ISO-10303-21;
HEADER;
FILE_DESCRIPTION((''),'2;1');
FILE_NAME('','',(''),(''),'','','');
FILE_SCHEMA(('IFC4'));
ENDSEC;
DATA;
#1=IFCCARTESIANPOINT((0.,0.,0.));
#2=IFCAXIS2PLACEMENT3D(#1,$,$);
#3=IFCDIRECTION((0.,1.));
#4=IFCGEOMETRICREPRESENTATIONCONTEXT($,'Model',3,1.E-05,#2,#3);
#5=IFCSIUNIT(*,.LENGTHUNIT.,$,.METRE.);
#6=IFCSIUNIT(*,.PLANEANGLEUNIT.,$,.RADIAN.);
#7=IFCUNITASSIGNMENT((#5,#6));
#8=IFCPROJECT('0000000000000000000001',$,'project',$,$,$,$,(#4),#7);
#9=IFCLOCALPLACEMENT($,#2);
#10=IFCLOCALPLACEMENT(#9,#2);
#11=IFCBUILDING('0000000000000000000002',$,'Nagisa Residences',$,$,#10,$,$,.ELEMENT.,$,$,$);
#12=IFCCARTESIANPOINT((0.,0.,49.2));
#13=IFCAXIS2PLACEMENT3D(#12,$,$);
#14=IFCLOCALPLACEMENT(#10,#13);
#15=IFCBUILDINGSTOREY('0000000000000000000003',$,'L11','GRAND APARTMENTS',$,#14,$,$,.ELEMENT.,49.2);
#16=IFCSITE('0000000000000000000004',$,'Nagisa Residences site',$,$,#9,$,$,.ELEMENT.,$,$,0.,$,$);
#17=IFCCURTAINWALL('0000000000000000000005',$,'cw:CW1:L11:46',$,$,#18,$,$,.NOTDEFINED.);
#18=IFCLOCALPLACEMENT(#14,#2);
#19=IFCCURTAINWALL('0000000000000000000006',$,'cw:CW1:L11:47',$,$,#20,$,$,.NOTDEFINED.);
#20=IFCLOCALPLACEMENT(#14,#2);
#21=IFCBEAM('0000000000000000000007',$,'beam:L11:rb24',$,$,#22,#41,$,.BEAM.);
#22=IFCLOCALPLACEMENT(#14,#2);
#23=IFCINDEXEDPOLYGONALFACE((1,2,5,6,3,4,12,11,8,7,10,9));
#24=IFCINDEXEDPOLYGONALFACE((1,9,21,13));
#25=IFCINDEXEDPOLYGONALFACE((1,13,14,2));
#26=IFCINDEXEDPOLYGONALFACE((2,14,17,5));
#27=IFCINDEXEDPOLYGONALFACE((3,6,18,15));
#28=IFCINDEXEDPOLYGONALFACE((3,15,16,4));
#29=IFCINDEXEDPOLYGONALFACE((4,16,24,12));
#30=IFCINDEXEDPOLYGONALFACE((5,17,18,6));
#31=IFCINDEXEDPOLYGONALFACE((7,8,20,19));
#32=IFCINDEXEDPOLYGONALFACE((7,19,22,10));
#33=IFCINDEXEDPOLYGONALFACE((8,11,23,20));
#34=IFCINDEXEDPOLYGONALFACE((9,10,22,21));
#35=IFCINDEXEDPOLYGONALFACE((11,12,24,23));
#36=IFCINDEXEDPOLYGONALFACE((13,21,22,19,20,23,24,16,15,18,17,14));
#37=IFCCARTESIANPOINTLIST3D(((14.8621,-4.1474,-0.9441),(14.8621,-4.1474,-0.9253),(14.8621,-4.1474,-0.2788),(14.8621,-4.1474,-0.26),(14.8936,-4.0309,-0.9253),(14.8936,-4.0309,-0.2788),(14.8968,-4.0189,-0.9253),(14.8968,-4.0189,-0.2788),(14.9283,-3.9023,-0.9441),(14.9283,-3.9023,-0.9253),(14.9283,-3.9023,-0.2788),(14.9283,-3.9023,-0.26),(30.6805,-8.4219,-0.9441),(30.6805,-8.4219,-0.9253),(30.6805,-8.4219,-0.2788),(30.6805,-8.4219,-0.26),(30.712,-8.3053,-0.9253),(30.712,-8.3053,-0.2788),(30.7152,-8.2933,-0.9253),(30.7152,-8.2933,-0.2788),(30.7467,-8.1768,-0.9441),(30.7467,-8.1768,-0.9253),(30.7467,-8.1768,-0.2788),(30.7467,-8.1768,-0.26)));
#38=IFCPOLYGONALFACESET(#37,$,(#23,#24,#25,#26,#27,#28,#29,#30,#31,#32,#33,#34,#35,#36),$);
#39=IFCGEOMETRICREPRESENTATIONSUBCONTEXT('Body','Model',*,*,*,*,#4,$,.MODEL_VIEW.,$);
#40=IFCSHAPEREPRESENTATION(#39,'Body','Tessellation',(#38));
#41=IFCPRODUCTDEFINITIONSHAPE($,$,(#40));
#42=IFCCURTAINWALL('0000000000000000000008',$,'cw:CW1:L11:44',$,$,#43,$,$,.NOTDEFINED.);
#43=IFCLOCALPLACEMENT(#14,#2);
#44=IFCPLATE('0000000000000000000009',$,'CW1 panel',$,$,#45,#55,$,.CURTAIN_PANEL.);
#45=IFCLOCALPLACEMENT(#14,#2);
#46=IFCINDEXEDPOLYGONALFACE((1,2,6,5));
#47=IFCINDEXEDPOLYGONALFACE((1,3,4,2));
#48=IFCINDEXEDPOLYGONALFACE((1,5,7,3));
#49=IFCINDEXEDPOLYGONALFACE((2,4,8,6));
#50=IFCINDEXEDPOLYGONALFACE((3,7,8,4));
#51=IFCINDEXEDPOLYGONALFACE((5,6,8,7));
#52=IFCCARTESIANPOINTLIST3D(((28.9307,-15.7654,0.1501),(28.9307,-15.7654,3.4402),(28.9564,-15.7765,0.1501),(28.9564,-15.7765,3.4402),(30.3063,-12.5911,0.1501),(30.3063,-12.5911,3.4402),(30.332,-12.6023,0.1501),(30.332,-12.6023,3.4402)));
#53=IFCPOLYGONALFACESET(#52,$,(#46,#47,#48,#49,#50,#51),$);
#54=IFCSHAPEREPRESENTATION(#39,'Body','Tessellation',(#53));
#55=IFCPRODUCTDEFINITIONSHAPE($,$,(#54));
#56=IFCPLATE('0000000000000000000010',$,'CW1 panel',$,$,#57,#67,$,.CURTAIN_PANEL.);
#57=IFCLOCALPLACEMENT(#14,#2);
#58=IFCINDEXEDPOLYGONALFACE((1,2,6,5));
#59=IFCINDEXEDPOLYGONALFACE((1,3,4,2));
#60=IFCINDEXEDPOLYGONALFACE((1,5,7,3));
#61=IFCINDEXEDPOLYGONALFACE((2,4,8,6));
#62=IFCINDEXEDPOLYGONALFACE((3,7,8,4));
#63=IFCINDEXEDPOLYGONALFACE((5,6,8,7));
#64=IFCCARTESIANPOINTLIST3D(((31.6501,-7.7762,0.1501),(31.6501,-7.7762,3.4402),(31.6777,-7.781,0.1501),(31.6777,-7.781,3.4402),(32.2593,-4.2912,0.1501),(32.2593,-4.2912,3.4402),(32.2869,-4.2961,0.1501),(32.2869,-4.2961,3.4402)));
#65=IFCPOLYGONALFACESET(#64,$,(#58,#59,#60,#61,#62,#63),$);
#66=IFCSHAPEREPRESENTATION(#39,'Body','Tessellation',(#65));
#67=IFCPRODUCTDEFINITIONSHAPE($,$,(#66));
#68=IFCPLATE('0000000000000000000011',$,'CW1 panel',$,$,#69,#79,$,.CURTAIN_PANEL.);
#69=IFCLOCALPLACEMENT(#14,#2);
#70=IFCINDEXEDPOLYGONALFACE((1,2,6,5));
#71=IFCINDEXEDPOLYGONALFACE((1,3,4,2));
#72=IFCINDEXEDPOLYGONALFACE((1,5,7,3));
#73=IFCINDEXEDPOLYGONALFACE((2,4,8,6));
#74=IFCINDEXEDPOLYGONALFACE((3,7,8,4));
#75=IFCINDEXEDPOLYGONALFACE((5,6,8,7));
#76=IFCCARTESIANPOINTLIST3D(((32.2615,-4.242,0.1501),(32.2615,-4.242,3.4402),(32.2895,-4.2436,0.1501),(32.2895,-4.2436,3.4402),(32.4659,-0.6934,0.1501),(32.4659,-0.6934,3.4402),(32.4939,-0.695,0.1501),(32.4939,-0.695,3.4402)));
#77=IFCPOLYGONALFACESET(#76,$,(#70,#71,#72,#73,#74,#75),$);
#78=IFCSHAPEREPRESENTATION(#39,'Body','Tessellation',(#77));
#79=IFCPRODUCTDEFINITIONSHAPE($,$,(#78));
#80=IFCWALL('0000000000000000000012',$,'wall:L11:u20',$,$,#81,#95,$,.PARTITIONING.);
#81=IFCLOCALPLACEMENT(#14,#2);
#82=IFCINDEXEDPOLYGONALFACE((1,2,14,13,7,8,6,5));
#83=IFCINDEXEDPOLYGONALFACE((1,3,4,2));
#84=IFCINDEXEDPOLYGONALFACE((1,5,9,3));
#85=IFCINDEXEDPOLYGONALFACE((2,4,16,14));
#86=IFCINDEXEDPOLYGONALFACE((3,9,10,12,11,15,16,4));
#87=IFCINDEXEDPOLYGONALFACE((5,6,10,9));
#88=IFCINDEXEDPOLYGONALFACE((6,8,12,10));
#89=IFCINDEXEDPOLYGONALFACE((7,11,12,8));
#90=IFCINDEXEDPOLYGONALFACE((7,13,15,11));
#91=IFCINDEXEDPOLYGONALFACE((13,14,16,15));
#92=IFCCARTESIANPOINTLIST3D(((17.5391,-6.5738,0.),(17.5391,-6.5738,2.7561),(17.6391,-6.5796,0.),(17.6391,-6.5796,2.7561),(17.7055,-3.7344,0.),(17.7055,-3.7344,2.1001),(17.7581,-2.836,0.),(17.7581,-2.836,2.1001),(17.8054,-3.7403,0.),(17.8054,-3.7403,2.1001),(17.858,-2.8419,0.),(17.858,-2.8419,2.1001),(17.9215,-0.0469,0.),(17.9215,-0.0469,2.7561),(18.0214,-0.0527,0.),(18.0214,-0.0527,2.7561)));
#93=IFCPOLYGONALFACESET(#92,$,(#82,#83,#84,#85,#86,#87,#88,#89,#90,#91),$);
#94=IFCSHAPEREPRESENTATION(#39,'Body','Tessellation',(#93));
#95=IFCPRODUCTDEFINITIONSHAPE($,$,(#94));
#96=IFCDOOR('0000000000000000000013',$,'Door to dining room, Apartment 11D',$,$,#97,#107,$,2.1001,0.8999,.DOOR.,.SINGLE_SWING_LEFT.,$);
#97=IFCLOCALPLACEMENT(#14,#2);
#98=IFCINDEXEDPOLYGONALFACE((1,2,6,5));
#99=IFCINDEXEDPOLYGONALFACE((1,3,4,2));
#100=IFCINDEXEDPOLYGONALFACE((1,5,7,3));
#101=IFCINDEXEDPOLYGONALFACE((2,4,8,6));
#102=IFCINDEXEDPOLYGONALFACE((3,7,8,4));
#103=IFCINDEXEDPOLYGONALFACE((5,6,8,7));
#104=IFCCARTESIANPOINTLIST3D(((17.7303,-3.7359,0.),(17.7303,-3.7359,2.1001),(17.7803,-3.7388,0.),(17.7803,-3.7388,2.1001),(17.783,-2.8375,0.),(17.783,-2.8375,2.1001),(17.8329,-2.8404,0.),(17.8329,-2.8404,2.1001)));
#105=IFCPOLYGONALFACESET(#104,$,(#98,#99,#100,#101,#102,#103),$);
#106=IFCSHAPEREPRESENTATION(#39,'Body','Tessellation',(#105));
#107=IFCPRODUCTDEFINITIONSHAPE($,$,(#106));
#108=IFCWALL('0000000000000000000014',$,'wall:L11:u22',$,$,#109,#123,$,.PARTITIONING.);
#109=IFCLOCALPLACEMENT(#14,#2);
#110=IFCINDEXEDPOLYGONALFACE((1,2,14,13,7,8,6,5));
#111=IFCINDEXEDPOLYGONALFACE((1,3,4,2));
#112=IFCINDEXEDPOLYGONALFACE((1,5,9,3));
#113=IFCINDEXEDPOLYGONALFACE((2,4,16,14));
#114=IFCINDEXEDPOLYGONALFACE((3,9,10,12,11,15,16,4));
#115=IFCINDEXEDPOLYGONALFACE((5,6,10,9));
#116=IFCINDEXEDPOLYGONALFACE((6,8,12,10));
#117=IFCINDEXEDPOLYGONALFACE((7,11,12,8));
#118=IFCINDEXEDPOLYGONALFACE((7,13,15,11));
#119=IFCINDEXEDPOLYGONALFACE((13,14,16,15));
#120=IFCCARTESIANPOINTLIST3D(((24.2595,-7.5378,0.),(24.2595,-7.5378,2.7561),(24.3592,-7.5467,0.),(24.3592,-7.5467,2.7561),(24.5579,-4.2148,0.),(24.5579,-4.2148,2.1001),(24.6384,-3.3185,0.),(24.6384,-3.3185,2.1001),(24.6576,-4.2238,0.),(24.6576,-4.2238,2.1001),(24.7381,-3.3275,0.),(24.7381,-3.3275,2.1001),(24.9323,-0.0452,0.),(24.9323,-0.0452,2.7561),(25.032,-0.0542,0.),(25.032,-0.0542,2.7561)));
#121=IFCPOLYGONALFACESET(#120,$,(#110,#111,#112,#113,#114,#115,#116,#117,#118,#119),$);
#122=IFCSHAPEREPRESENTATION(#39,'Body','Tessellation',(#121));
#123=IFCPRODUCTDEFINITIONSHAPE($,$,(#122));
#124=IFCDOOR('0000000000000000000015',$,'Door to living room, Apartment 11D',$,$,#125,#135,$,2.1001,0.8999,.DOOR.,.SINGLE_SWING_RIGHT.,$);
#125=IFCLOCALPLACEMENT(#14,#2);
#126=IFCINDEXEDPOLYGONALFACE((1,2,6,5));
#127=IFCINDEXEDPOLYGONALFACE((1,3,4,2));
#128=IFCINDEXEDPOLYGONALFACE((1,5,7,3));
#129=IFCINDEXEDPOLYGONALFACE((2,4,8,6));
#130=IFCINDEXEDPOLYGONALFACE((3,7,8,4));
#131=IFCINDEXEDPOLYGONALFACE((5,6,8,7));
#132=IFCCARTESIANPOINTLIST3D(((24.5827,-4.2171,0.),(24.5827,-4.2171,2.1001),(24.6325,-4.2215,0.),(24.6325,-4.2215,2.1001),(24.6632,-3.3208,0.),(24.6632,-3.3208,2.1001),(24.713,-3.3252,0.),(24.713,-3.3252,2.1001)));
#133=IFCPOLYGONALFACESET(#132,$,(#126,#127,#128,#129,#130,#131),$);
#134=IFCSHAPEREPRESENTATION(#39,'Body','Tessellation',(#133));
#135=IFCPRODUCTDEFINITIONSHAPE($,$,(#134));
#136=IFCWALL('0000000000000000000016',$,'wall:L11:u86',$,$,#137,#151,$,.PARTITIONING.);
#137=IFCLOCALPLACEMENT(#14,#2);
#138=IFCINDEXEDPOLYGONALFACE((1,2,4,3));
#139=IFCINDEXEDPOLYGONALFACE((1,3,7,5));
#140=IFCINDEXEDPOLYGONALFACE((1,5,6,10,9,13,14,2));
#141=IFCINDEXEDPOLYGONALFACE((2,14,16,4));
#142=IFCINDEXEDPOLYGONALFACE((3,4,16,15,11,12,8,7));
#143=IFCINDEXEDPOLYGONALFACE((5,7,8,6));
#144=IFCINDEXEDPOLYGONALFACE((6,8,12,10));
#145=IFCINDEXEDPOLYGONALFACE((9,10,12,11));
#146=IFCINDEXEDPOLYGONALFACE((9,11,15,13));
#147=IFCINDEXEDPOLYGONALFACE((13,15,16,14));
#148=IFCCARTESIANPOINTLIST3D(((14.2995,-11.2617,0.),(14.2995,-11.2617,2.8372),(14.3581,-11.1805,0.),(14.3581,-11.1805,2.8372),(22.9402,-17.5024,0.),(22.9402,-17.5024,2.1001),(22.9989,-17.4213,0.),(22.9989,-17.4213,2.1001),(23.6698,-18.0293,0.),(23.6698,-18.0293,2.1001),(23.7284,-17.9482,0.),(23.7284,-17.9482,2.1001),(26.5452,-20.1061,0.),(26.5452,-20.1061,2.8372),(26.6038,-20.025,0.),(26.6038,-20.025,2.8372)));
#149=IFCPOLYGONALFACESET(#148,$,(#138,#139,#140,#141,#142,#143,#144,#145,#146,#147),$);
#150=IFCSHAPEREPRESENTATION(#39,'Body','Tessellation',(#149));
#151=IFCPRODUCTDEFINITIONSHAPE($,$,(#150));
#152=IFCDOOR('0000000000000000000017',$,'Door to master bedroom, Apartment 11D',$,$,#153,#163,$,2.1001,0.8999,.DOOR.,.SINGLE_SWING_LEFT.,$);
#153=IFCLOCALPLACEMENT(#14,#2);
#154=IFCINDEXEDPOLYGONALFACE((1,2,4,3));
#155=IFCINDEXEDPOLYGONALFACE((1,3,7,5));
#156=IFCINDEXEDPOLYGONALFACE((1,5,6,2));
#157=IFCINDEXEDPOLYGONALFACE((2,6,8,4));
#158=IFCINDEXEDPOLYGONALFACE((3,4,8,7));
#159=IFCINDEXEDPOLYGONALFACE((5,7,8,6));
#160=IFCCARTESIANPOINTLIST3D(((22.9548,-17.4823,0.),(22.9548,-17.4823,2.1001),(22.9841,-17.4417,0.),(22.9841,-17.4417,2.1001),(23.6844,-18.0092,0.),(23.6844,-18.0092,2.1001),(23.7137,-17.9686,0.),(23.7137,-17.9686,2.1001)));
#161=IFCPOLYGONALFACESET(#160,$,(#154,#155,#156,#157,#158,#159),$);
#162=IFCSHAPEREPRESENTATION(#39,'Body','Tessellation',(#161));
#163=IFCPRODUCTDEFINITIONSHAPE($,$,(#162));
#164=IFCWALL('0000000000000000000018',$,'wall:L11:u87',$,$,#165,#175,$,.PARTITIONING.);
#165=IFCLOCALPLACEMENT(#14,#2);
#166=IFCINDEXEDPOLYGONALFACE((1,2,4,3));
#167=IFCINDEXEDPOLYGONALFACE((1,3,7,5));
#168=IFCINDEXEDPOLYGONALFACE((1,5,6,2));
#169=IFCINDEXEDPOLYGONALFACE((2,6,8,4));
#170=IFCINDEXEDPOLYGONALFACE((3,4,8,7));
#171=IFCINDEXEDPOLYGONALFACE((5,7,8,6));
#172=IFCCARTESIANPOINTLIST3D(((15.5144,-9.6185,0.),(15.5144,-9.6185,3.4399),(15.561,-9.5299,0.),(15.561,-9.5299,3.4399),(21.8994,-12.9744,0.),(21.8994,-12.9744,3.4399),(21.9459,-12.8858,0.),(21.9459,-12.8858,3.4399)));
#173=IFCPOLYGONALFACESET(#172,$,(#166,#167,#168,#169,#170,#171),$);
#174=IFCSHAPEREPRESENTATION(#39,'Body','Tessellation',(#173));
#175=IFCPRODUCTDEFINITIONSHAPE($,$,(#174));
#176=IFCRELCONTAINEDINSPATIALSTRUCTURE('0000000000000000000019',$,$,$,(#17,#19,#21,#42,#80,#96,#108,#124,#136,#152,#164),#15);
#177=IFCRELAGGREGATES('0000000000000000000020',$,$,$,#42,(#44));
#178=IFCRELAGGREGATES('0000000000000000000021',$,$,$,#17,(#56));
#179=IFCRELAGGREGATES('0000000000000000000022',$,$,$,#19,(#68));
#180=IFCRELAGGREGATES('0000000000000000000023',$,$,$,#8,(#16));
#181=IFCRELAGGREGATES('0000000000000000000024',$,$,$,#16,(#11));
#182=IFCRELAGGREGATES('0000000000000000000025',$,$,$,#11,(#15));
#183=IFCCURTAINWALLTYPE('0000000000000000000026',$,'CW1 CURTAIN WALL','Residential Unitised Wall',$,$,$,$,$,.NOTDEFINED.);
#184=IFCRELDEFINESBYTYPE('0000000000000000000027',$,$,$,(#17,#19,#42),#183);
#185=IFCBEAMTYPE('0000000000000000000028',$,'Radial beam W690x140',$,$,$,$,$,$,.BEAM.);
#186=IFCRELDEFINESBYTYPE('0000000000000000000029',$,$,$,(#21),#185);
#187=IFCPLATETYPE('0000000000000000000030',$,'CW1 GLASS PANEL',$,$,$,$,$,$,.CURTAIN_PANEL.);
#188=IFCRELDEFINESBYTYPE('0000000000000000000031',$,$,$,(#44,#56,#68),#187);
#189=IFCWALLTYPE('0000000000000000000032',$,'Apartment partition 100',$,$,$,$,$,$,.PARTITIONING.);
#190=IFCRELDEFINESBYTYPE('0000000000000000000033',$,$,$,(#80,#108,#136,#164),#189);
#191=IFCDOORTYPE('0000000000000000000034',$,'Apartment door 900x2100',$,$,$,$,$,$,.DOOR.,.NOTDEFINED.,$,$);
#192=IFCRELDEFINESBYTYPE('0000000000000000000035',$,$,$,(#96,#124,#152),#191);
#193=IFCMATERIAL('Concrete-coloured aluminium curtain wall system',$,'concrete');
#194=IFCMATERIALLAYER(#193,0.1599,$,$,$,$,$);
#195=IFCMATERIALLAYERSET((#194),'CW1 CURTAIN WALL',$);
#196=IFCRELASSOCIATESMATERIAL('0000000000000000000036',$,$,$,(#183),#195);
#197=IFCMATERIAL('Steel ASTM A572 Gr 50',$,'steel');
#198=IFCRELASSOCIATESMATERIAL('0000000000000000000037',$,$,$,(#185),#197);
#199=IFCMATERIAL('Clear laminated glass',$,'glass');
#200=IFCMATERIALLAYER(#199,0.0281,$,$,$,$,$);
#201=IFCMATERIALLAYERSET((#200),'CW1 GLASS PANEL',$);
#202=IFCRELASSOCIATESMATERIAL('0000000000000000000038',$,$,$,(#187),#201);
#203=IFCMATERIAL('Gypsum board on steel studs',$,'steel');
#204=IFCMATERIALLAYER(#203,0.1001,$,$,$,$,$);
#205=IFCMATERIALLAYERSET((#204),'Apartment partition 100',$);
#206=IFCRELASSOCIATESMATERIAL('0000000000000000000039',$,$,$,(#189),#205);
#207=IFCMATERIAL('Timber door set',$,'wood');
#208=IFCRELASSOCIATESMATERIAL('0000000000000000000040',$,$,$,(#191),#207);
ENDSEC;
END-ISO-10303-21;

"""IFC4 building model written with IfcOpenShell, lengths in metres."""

from ifc_helpers import new_model, si_unit, direction, frame, frame_2d, origin, origin_2d, place, context, subcontext, project, spatial, rectangle, i_section, extrude, material, layer, layer_set, material_profile, profile_set, type_object, element, fill, aggregate, save


model = new_model("IFC4")

# Units and contexts
model_context = context("Model", 3, precision=1e-05, world=origin(), true_north=direction((0.0, 1.0)))
body_context = subcontext(model_context, "Body", "Model", "MODEL_VIEW")
ifc_project = project(units=[si_unit("LENGTHUNIT", "METRE"), si_unit("PLANEANGLEUNIT", "RADIAN")], contexts=[model_context])

# Site, building, storey
site_placement = place(None, origin())
site = spatial("IfcSite", under=ifc_project, at=site_placement, Name="Nagisa Residences site", CompositionType="ELEMENT", RefElevation=0.0)
building_placement = place(site_placement, origin())
building = spatial("IfcBuilding", under=site, at=building_placement, Name="Nagisa Residences", CompositionType="ELEMENT")
storey_placement = place(building_placement, frame((0.0, 0.0, 49.2)))
storey = spatial("IfcBuildingStorey", under=building, at=storey_placement, Name="L11", Description="GRAND APARTMENTS", CompositionType="ELEMENT", Elevation=49.2)

# Curtain walls
ifc_material_1 = material(Name="Concrete-coloured aluminium curtain wall system", Category="concrete")
ifc_layer_1 = layer(ifc_material_1, 0.1599)
ifc_layer_set_1 = layer_set([ifc_layer_1], Name="CW1 CURTAIN WALL")
curtain_wall_type = type_object("IfcCurtainWallType", Name="CW1 CURTAIN WALL", Description="Residential Unitised Wall", PredefinedType="NOTDEFINED", material=ifc_layer_set_1)
curtain_wall_1_placement = place(storey_placement, origin())
curtain_wall_1 = element("IfcCurtainWall", 1, at=curtain_wall_1_placement, inside=storey, type_object=curtain_wall_type, Name="cw:CW1:L11:46", PredefinedType="NOTDEFINED")
curtain_wall_2_placement = place(storey_placement, origin())
curtain_wall_2 = element("IfcCurtainWall", 2, at=curtain_wall_2_placement, inside=storey, type_object=curtain_wall_type, Name="cw:CW1:L11:47", PredefinedType="NOTDEFINED")

# Beam
ifc_material_2 = material(Name="Steel ASTM A572 Gr 50", Category="steel")
ifc_material_profile_1 = material_profile(ifc_material_2, i_section(OverallWidth=0.2539, OverallDepth=0.6841, WebThickness=0.0125, FlangeThickness=0.0188, at=origin_2d()), Name="W690x140")
ifc_profile_set_1 = profile_set([ifc_material_profile_1], Name="Steel ASTM A572 Gr 50")
beam_type_1 = type_object("IfcBeamType", Name="Radial beam W690x140", PredefinedType="BEAM", material=ifc_profile_set_1)
beam_1_placement = place(storey_placement, frame((30.7136, -8.2993, -0.6021), z_axis=(-0.965376, 0.260862, 0.0), x_axis=(-0.260862, -0.965376, 0.0)))
element("IfcBeam", 3, at=beam_1_placement, inside=storey, type_object=beam_type_1, Name="beam:L11:rb24", PredefinedType="BEAM", context=body_context, shape_type="SweptSolid", body=[
    extrude(i_section(OverallWidth=0.2539, OverallDepth=0.6841, WebThickness=0.0125, FlangeThickness=0.0188, at=origin_2d()), origin(), (0.0, 0.0, 1.0), 16.3857),
])

# Curtain wall, plate
curtain_wall_3_placement = place(storey_placement, origin())
curtain_wall_3 = element("IfcCurtainWall", 4, at=curtain_wall_3_placement, inside=storey, type_object=curtain_wall_type, Name="cw:CW1:L11:44", PredefinedType="NOTDEFINED")
ifc_material_3 = material(Name="Clear laminated glass", Category="glass")
ifc_layer_2 = layer(ifc_material_3, 0.0281)
ifc_layer_set_2 = layer_set([ifc_layer_2], Name="CW1 GLASS PANEL")
plate_type = type_object("IfcPlateType", Name="CW1 GLASS PANEL", PredefinedType="CURTAIN_PANEL", material=ifc_layer_set_2)
plate_1_placement = place(storey_placement, frame((29.6313, -14.1838, 0.1501), z_axis=(0.0, 0.0, 1.0), x_axis=(0.397636, 0.917543, 0.0)))
plate_1 = element("IfcPlate", 5, at=plate_1_placement, type_object=plate_type, Name="CW1 panel", PredefinedType="CURTAIN_PANEL", context=body_context, shape_type="SweptSolid", body=[
    extrude(rectangle(XDim=3.4595, YDim=0.0281, at=origin_2d()), origin(), (0.0, 0.0, 1.0), 3.29),
])
aggregate(curtain_wall_3, [plate_1])

# Plates
plate_2_placement = place(storey_placement, frame((31.9685, -6.0361, 0.1501), z_axis=(0.0, 0.0, 1.0), x_axis=(0.172191, 0.985064, 0.0)))
plate_2 = element("IfcPlate", 6, at=plate_2_placement, type_object=plate_type, Name="CW1 panel", PredefinedType="CURTAIN_PANEL", context=body_context, shape_type="SweptSolid", body=[
    extrude(rectangle(XDim=3.5378, YDim=0.0281, at=origin_2d()), origin(), (0.0, 0.0, 1.0), 3.29),
])
aggregate(curtain_wall_1, [plate_2])
plate_3_placement = place(storey_placement, frame((32.3777, -2.4685, 0.1501), z_axis=(0.0, 0.0, 1.0), x_axis=(0.057503, 0.998345, 0.0)))
plate_3 = element("IfcPlate", 7, at=plate_3_placement, type_object=plate_type, Name="CW1 panel", PredefinedType="CURTAIN_PANEL", context=body_context, shape_type="SweptSolid", body=[
    extrude(rectangle(XDim=3.5544, YDim=0.0281, at=origin_2d()), origin(), (0.0, 0.0, 1.0), 3.29),
])
aggregate(curtain_wall_2, [plate_3])

# Walls, openings, doors
ifc_material_4 = material(Name="Gypsum board on steel studs", Category="steel")
ifc_layer_3 = layer(ifc_material_4, 0.1001)
ifc_layer_set_3 = layer_set([ifc_layer_3], Name="Apartment partition 100")
wall_type_1 = type_object("IfcWallType", Name="Apartment partition 100", PredefinedType="PARTITIONING", material=ifc_layer_set_3)
wall_1_placement = place(storey_placement, frame((17.9714, -0.0498, 0.0), z_axis=(0.0, 0.0, 1.0), x_axis=(-0.058477, -0.998289, 0.0)))
wall_1 = element("IfcWall", 8, at=wall_1_placement, inside=storey, type_object=wall_type_1, Name="wall:L11:u20", PredefinedType="PARTITIONING", context=body_context, shape_type="SweptSolid", body=[
    extrude(rectangle(XDim=6.5381, YDim=0.1001, at=frame_2d((3.269, 0.0))), origin(), (0.0, 0.0, 1.0), 2.7561),
])
opening_1_placement = place(wall_1_placement, frame((2.7939, 0.0, 0.0)))
opening_1 = element("IfcOpeningElement", 9, at=opening_1_placement, cuts=wall_1, PredefinedType="OPENING", context=body_context, shape_type="SweptSolid", body=[
    extrude(rectangle(XDim=0.8999, YDim=2.1001, at=frame_2d((0.45, 1.05))), frame((0.0, 0.0601, 0.0), z_axis=(0.0, -1.0, 0.0), x_axis=(1.0, 0.0, 0.0)), (0.0, 0.0, 1.0), 0.1201),
])
ifc_material_5 = material(Name="Timber door set", Category="wood")
door_type_1 = type_object("IfcDoorType", Name="Apartment door 900x2100", OperationType="NOTDEFINED", PredefinedType="DOOR", material=ifc_material_5)
door_1_placement = place(opening_1_placement, origin())
door_1 = element("IfcDoor", 10, at=door_1_placement, inside=storey, type_object=door_type_1, Name="Door to dining room, Apartment 11D", OperationType="SINGLE_SWING_LEFT", OverallHeight=2.1001, OverallWidth=0.8999, PredefinedType="DOOR", context=body_context, shape_type="SweptSolid", body=[
    extrude(rectangle(XDim=0.8999, YDim=2.1001, at=frame_2d((0.45, 1.05))), frame((0.0, 0.0249, 0.0), z_axis=(0.0, -1.0, 0.0), x_axis=(1.0, 0.0, 0.0)), (0.0, 0.0, 1.0), 0.05),
])
fill(opening_1, door_1)
wall_2_placement = place(storey_placement, frame((24.9822, -0.0498, 0.0), z_axis=(0.0, 0.0, 1.0), x_axis=(-0.089444, -0.995992, 0.0)))
wall_2 = element("IfcWall", 11, at=wall_2_placement, inside=storey, type_object=wall_type_1, Name="wall:L11:u22", PredefinedType="PARTITIONING", context=body_context, shape_type="SweptSolid", body=[
    extrude(rectangle(XDim=7.5227, YDim=0.1001, at=frame_2d((3.7612, 0.0))), origin(), (0.0, 0.0, 1.0), 2.7561),
])
opening_2_placement = place(wall_2_placement, frame((3.2864, 0.0, 0.0)))
opening_2 = element("IfcOpeningElement", 12, at=opening_2_placement, cuts=wall_2, PredefinedType="OPENING", context=body_context, shape_type="SweptSolid", body=[
    extrude(rectangle(XDim=0.8999, YDim=2.1001, at=frame_2d((0.45, 1.05))), frame((0.0, 0.0601, 0.0), z_axis=(0.0, -1.0, 0.0), x_axis=(1.0, 0.0, 0.0)), (0.0, 0.0, 1.0), 0.1201),
])
door_2_placement = place(opening_2_placement, origin())
door_2 = element("IfcDoor", 13, at=door_2_placement, inside=storey, type_object=door_type_1, Name="Door to living room, Apartment 11D", OperationType="SINGLE_SWING_RIGHT", OverallHeight=2.1001, OverallWidth=0.8999, PredefinedType="DOOR", context=body_context, shape_type="SweptSolid", body=[
    extrude(rectangle(XDim=0.8999, YDim=2.1001, at=frame_2d((0.45, 1.05))), frame((0.0, 0.0249, 0.0), z_axis=(0.0, -1.0, 0.0), x_axis=(1.0, 0.0, 0.0)), (0.0, 0.0, 1.0), 0.05),
])
fill(opening_2, door_2)
wall_3_placement = place(storey_placement, frame((14.3289, -11.2212, 0.0), z_axis=(0.0, 0.0, 1.0), x_axis=(0.810671, -0.585502, 0.0)))
wall_3 = element("IfcWall", 14, at=wall_3_placement, inside=storey, type_object=wall_type_1, Name="wall:L11:u86", PredefinedType="PARTITIONING", context=body_context, shape_type="SweptSolid", body=[
    extrude(rectangle(XDim=15.1057, YDim=0.1001, at=frame_2d((7.5527, 0.0))), origin(), (0.0, 0.0, 1.0), 2.8372),
])
opening_3_placement = place(wall_3_placement, frame((10.6587, 0.0, 0.0)))
opening_3 = element("IfcOpeningElement", 15, at=opening_3_placement, cuts=wall_3, PredefinedType="OPENING", context=body_context, shape_type="SweptSolid", body=[
    extrude(rectangle(XDim=0.8999, YDim=2.1001, at=frame_2d((0.45, 1.05))), frame((0.0, 0.0601, 0.0), z_axis=(0.0, -1.0, 0.0), x_axis=(1.0, 0.0, 0.0)), (0.0, 0.0, 1.0), 0.1201),
])
door_3_placement = place(opening_3_placement, origin())
door_3 = element("IfcDoor", 16, at=door_3_placement, inside=storey, type_object=door_type_1, Name="Door to master bedroom, Apartment 11D", OperationType="SINGLE_SWING_LEFT", OverallHeight=2.1001, OverallWidth=0.8999, PredefinedType="DOOR", context=body_context, shape_type="SweptSolid", body=[
    extrude(rectangle(XDim=0.8999, YDim=2.1001, at=frame_2d((0.45, 1.05))), frame((0.0, 0.0249, 0.0), z_axis=(0.0, -1.0, 0.0), x_axis=(1.0, 0.0, 0.0)), (0.0, 0.0, 1.0), 0.05),
])
fill(opening_3, door_3)

# Wall
wall_4_placement = place(storey_placement, frame((15.5378, -9.5742, 0.0), z_axis=(0.0, 0.0, 1.0), x_axis=(0.885179, -0.46525, 0.0)))
element("IfcWall", 17, at=wall_4_placement, inside=storey, type_object=wall_type_1, Name="wall:L11:u87", PredefinedType="PARTITIONING", context=body_context, shape_type="SweptSolid", body=[
    extrude(rectangle(XDim=7.2131, YDim=0.1001, at=frame_2d((3.6064, 0.0))), origin(), (0.0, 0.0, 1.0), 3.4399),
])

save(model, "model.ifc")
